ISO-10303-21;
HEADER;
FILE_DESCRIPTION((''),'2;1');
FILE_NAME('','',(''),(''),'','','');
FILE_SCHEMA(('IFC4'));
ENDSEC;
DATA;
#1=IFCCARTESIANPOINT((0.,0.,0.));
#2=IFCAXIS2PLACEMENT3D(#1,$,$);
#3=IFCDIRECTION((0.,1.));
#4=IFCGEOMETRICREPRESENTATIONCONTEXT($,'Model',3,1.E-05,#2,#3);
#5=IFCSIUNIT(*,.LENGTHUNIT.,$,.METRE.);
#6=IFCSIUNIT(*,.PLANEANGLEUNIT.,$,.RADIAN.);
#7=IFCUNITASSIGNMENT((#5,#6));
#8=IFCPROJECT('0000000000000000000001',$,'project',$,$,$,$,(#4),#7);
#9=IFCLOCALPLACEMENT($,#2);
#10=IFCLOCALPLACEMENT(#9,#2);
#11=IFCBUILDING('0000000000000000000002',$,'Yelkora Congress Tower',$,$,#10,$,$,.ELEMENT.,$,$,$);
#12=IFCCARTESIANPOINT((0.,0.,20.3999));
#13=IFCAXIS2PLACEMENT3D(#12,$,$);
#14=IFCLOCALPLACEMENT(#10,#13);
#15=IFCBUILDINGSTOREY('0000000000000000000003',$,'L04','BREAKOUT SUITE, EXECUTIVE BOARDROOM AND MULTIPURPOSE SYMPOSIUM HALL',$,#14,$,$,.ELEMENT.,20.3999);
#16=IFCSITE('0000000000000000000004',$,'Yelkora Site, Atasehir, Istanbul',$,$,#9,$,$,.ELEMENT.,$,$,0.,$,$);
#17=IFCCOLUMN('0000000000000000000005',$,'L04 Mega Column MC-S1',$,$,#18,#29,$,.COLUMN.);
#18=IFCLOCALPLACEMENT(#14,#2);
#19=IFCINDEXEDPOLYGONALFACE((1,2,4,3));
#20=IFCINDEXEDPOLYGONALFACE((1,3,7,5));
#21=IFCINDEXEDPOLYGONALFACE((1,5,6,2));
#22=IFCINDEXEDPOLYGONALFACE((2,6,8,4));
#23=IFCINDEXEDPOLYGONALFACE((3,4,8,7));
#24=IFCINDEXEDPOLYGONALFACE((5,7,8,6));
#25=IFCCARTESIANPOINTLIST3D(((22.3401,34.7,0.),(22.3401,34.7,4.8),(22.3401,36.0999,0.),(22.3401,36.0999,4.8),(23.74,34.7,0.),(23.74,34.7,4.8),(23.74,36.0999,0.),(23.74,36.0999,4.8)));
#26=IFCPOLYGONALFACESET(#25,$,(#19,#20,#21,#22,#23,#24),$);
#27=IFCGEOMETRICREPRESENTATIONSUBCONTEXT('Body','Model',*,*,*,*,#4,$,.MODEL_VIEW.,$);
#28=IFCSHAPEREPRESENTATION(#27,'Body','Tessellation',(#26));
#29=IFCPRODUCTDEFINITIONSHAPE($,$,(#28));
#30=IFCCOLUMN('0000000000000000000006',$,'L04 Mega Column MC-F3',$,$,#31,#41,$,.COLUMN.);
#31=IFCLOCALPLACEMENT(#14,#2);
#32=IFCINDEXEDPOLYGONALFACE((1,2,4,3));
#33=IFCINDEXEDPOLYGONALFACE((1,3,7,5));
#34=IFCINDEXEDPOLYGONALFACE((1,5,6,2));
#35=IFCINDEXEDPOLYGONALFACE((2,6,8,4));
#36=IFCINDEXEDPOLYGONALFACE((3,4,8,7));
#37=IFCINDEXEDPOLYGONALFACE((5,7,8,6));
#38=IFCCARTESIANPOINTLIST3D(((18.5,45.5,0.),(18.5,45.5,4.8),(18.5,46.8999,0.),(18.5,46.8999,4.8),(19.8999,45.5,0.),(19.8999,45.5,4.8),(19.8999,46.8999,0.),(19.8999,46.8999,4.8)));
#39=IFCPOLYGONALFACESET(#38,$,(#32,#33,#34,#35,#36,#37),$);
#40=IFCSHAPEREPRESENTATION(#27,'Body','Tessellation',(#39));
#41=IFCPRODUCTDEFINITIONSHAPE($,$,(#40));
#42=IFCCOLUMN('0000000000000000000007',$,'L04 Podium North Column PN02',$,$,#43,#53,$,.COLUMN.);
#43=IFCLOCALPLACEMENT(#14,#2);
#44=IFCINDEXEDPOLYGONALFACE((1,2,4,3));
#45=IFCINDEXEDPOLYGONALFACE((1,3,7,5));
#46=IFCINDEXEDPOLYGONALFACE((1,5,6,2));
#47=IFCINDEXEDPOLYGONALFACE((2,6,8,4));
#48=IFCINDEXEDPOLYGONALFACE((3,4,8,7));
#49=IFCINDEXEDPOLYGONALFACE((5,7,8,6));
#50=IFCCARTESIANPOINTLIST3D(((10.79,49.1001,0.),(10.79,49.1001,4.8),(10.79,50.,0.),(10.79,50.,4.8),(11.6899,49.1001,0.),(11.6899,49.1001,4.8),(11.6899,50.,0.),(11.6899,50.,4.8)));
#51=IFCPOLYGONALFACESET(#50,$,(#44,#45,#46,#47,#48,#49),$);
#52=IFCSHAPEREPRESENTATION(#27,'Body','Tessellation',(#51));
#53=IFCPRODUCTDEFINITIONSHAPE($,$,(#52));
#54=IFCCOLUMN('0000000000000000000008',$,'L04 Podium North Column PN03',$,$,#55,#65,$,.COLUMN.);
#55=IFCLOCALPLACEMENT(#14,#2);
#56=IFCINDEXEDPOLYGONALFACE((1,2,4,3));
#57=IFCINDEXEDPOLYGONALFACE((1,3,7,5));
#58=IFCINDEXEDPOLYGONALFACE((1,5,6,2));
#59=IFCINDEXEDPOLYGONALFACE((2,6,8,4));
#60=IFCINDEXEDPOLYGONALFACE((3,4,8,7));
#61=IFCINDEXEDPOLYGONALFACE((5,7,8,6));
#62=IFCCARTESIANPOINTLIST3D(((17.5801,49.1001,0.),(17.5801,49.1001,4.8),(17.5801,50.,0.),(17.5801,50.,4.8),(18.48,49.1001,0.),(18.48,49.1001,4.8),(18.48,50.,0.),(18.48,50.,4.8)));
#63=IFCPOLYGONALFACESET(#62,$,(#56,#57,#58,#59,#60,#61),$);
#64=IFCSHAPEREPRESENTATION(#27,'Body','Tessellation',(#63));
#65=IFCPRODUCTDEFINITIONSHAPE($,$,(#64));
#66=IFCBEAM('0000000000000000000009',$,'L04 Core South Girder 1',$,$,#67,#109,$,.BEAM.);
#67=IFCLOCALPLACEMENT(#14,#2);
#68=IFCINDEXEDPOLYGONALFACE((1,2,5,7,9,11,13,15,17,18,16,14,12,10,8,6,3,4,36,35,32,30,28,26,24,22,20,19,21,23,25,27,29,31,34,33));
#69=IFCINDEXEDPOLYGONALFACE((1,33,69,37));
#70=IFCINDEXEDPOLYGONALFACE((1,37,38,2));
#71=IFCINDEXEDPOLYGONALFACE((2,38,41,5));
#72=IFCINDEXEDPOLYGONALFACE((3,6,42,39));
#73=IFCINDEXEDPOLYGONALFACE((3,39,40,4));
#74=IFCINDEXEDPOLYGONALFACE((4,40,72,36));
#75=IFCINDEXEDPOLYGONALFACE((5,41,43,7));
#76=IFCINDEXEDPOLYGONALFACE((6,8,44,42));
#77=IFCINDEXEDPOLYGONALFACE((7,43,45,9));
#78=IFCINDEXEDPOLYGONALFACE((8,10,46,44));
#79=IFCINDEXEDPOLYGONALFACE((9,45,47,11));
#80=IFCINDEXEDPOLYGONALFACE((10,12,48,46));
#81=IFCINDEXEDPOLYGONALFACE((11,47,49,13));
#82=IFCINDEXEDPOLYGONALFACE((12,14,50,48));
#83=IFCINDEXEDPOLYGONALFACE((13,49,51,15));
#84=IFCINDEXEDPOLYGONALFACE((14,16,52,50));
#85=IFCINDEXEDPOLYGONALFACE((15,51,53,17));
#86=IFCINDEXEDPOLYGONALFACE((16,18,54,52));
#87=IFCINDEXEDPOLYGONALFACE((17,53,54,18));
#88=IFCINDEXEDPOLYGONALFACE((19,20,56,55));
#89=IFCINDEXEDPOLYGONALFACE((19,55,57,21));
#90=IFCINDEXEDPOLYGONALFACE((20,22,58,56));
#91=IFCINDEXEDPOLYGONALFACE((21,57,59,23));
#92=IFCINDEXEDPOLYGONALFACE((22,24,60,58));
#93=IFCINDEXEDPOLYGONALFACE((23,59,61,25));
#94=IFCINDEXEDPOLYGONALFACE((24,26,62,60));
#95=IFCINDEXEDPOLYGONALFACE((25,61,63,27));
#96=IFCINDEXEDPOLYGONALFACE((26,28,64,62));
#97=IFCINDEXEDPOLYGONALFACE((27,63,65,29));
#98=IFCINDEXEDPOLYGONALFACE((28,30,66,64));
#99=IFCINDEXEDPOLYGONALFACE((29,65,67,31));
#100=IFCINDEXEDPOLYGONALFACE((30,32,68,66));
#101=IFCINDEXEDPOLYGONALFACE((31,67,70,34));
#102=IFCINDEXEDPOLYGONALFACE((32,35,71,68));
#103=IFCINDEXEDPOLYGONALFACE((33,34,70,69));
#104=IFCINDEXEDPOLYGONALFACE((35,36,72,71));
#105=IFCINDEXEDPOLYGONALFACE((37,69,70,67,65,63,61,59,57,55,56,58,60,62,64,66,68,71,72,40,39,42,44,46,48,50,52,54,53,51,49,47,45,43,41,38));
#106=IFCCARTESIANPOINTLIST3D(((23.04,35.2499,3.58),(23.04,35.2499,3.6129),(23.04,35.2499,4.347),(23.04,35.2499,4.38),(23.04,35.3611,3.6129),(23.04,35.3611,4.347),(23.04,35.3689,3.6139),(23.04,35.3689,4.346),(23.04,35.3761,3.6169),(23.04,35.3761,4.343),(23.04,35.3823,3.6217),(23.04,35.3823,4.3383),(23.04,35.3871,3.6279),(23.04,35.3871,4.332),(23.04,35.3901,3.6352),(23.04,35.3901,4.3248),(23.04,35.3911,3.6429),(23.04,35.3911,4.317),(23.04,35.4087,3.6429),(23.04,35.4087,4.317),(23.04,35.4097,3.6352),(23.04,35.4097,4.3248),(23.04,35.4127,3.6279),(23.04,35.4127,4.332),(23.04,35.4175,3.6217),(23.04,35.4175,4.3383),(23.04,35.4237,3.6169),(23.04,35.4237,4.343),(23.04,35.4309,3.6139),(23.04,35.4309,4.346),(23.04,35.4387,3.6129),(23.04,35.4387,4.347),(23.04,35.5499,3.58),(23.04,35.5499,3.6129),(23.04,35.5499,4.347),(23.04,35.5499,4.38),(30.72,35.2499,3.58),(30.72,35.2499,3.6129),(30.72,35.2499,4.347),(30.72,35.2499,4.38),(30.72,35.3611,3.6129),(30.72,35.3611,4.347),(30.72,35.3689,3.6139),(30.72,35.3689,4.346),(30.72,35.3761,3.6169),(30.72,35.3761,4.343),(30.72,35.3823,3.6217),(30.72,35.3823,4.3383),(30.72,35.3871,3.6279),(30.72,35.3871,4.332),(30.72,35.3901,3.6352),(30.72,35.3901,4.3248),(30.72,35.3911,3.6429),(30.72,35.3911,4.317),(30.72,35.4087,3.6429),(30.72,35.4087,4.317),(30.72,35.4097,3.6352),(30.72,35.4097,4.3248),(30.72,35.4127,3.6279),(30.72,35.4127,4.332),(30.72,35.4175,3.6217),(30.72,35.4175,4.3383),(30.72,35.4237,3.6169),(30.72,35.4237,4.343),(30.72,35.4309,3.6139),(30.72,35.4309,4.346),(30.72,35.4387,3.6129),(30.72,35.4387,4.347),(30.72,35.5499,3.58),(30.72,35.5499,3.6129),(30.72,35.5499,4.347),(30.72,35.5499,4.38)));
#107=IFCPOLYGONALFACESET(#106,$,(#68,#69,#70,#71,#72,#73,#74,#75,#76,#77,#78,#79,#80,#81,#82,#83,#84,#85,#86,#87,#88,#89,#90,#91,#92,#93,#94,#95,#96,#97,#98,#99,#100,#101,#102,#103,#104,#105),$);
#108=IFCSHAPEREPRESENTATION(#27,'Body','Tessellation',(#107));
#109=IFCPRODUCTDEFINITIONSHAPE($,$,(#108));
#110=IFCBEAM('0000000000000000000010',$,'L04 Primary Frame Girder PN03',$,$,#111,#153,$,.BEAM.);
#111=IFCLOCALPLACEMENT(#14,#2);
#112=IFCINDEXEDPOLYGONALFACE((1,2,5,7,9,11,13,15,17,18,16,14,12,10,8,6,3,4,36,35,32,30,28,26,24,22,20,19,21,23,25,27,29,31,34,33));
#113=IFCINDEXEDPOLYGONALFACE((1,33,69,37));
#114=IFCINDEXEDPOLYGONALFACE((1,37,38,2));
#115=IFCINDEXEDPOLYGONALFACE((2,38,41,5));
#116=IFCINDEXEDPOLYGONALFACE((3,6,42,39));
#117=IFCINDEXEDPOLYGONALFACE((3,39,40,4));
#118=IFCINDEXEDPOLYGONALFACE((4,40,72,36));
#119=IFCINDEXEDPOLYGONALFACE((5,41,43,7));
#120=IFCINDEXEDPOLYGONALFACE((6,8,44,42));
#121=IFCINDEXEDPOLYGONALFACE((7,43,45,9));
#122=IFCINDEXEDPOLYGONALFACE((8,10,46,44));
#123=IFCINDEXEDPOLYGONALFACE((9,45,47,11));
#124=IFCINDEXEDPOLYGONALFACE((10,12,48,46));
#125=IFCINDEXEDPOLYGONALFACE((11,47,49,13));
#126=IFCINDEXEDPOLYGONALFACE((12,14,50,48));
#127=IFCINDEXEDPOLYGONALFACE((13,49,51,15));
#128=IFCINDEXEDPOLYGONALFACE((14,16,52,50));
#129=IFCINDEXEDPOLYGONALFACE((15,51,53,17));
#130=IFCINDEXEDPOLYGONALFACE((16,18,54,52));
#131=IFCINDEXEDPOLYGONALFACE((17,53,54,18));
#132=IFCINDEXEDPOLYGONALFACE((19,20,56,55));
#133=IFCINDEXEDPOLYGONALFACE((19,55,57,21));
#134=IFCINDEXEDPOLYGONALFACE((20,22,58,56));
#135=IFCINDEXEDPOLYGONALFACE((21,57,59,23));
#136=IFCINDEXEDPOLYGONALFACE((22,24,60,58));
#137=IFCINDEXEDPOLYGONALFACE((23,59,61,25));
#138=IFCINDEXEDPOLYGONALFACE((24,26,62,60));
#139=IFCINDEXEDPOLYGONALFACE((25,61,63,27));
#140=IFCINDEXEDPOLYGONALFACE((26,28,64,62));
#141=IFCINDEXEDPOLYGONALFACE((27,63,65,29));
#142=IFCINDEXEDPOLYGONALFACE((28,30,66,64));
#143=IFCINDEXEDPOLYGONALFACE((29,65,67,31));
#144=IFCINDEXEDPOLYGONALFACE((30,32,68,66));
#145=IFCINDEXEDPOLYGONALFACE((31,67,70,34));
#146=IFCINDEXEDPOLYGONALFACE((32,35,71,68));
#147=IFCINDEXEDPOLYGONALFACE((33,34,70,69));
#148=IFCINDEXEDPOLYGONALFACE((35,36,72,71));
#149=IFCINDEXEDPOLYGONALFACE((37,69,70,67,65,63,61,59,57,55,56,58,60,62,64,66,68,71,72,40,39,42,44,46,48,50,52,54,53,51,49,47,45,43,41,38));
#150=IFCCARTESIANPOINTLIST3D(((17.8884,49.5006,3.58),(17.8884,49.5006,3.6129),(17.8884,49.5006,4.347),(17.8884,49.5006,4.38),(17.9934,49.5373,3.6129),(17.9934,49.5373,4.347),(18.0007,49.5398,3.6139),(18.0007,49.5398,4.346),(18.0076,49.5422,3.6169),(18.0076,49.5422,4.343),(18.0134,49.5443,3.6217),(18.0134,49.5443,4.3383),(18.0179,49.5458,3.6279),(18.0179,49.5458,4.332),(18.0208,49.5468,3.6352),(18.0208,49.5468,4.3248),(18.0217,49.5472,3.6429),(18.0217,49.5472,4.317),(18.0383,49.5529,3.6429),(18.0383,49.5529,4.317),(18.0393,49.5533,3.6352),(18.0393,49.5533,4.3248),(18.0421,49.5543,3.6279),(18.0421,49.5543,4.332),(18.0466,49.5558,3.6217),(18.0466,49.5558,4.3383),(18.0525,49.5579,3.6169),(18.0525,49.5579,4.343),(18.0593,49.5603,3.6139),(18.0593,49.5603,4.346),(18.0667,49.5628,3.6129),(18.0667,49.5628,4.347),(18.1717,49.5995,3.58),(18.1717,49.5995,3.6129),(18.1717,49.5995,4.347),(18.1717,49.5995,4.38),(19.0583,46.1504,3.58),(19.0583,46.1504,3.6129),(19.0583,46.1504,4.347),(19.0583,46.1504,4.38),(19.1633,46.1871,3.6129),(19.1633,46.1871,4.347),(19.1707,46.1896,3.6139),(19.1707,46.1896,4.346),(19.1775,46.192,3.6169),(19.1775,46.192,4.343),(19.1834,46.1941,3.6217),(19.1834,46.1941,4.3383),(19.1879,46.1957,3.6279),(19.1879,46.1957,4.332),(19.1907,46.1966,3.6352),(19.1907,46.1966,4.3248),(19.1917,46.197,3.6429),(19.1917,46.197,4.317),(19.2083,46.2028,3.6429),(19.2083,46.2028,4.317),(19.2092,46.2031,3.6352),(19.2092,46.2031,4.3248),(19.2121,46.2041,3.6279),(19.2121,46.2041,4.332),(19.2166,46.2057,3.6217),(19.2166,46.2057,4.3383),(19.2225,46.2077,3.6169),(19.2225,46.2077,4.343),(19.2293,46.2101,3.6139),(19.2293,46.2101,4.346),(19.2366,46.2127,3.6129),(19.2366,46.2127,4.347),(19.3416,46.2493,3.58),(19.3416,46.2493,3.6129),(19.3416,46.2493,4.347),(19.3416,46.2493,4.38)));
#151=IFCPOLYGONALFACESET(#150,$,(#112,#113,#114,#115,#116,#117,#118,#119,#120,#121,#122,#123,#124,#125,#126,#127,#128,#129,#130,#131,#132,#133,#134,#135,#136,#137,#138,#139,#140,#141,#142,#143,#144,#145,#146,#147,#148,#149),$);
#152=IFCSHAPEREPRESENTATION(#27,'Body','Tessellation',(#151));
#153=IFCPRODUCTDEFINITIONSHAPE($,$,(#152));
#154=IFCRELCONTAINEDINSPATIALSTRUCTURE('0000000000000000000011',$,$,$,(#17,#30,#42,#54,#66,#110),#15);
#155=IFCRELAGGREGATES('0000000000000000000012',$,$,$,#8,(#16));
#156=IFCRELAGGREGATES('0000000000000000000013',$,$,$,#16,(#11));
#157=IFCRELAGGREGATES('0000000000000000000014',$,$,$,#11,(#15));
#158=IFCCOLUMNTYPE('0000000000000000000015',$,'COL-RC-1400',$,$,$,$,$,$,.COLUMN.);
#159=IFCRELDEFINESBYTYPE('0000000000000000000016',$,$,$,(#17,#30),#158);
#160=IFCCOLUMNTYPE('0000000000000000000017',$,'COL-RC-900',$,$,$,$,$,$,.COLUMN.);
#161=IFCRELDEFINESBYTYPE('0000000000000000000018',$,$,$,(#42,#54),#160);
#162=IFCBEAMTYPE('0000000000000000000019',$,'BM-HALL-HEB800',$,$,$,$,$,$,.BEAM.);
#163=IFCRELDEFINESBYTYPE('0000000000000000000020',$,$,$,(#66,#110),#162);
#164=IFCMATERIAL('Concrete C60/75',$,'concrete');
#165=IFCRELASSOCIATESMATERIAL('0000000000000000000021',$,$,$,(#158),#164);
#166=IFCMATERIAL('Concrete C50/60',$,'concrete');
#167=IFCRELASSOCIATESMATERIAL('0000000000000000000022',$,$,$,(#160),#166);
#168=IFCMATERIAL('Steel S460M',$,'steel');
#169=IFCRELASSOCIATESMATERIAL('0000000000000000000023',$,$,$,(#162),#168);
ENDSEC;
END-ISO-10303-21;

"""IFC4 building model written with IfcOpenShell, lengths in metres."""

from ifc_helpers import new_model, si_unit, direction, frame, origin, origin_2d, place, context, subcontext, project, spatial, rectangle, i_section, extrude, material, material_profile, profile_set, type_object, element, save


model = new_model("IFC4")

# Units and contexts
model_context = context("Model", 3, precision=1e-05, world=origin(), true_north=direction((0.0, 1.0)))
body_context = subcontext(model_context, "Body", "Model", "MODEL_VIEW")
ifc_project = project(units=[si_unit("LENGTHUNIT", "METRE"), si_unit("PLANEANGLEUNIT", "RADIAN")], contexts=[model_context])

# Site, building, storey
site_placement = place(None, origin())
site = spatial("IfcSite", under=ifc_project, at=site_placement, Name="Yelkora Site, Atasehir, Istanbul", CompositionType="ELEMENT", RefElevation=0.0)
building_placement = place(site_placement, origin())
building = spatial("IfcBuilding", under=site, at=building_placement, Name="Yelkora Congress Tower", CompositionType="ELEMENT")
storey_placement = place(building_placement, frame((0.0, 0.0, 20.3999)))
storey = spatial("IfcBuildingStorey", under=building, at=storey_placement, Name="L04", Description="BREAKOUT SUITE, EXECUTIVE BOARDROOM AND MULTIPURPOSE SYMPOSIUM HALL", CompositionType="ELEMENT", Elevation=20.3999)

# Columns
ifc_material_1 = material(Name="Concrete C60/75", Category="concrete")
ifc_material_profile_1 = material_profile(ifc_material_1, rectangle(XDim=1.3999, YDim=1.3999, at=origin_2d()), Name="RC 1400x1400")
ifc_profile_set_1 = profile_set([ifc_material_profile_1], Name="Concrete C60/75")
column_type_1 = type_object("IfcColumnType", Name="COL-RC-1400", PredefinedType="COLUMN", material=ifc_profile_set_1)
for number, where, z_axis, x_axis, name in (
    (1, (23.04, 35.3999, 0.0), (0.0, 0.0, 1.0), (1.0, 0.0, 0.0), "L04 Mega Column MC-S1"),
    (2, (19.2, 46.2, 0.0), (0.0, 0.0, 1.0), (1.0, 0.0, 0.0), "L04 Mega Column MC-F3"),
):
    element("IfcColumn", number, at=place(storey_placement, frame(where, z_axis=z_axis, x_axis=x_axis)), inside=storey, type_object=column_type_1, Name=name, PredefinedType="COLUMN", context=body_context, shape_type="SweptSolid", body=[
        extrude(rectangle(XDim=1.3999, YDim=1.3999, at=origin_2d()), origin(), (0.0, 0.0, 1.0), 4.8),
    ])
ifc_material_2 = material(Name="Concrete C50/60", Category="concrete")
ifc_material_profile_2 = material_profile(ifc_material_2, rectangle(XDim=0.8999, YDim=0.8999, at=origin_2d()), Name="RC 900x900")
ifc_profile_set_2 = profile_set([ifc_material_profile_2], Name="Concrete C50/60")
column_type_2 = type_object("IfcColumnType", Name="COL-RC-900", PredefinedType="COLUMN", material=ifc_profile_set_2)
for number, where, z_axis, x_axis, name in (
    (3, (11.24, 49.55, 0.0), (0.0, 0.0, 1.0), (1.0, 0.0, 0.0), "L04 Podium North Column PN02"),
    (4, (18.03, 49.55, 0.0), (0.0, 0.0, 1.0), (1.0, 0.0, 0.0), "L04 Podium North Column PN03"),
):
    element("IfcColumn", number, at=place(storey_placement, frame(where, z_axis=z_axis, x_axis=x_axis)), inside=storey, type_object=column_type_2, Name=name, PredefinedType="COLUMN", context=body_context, shape_type="SweptSolid", body=[
        extrude(rectangle(XDim=0.8999, YDim=0.8999, at=origin_2d()), origin(), (0.0, 0.0, 1.0), 4.8),
    ])

# Beams
ifc_material_3 = material(Name="Steel S460M", Category="steel")
ifc_material_profile_3 = material_profile(ifc_material_3, i_section(OverallWidth=0.3, OverallDepth=0.8, WebThickness=0.0176, FlangeThickness=0.033, FilletRadius=0.03, at=origin_2d()), Name="HEB 800")
ifc_profile_set_3 = profile_set([ifc_material_profile_3], Name="Steel S460M")
beam_type_1 = type_object("IfcBeamType", Name="BM-HALL-HEB800", PredefinedType="BEAM", material=ifc_profile_set_3)
beam_1_placement = place(storey_placement, frame((23.04, 35.3999, 3.98), z_axis=(1.0, 0.0, 0.0), x_axis=(0.0, 1.0, 0.0)))
element("IfcBeam", 5, at=beam_1_placement, inside=storey, type_object=beam_type_1, Name="L04 Core South Girder 1", PredefinedType="BEAM", context=body_context, shape_type="SweptSolid", body=[
    extrude(i_section(OverallWidth=0.3, OverallDepth=0.8, WebThickness=0.0176, FlangeThickness=0.033, FilletRadius=0.03, at=origin_2d()), origin(), (0.0, 0.0, 1.0), 7.6799),
])
beam_2_placement = place(storey_placement, frame((18.03, 49.55, 3.98), z_axis=(0.329695, -0.944088, 0.0), x_axis=(0.944088, 0.329695, 0.0)))
element("IfcBeam", 6, at=beam_2_placement, inside=storey, type_object=beam_type_1, Name="L04 Primary Frame Girder PN03", PredefinedType="BEAM", context=body_context, shape_type="SweptSolid", body=[
    extrude(i_section(OverallWidth=0.3, OverallDepth=0.8, WebThickness=0.0176, FlangeThickness=0.033, FilletRadius=0.03, at=origin_2d()), origin(), (0.0, 0.0, 1.0), 3.5486),
])

save(model, "model.ifc")
